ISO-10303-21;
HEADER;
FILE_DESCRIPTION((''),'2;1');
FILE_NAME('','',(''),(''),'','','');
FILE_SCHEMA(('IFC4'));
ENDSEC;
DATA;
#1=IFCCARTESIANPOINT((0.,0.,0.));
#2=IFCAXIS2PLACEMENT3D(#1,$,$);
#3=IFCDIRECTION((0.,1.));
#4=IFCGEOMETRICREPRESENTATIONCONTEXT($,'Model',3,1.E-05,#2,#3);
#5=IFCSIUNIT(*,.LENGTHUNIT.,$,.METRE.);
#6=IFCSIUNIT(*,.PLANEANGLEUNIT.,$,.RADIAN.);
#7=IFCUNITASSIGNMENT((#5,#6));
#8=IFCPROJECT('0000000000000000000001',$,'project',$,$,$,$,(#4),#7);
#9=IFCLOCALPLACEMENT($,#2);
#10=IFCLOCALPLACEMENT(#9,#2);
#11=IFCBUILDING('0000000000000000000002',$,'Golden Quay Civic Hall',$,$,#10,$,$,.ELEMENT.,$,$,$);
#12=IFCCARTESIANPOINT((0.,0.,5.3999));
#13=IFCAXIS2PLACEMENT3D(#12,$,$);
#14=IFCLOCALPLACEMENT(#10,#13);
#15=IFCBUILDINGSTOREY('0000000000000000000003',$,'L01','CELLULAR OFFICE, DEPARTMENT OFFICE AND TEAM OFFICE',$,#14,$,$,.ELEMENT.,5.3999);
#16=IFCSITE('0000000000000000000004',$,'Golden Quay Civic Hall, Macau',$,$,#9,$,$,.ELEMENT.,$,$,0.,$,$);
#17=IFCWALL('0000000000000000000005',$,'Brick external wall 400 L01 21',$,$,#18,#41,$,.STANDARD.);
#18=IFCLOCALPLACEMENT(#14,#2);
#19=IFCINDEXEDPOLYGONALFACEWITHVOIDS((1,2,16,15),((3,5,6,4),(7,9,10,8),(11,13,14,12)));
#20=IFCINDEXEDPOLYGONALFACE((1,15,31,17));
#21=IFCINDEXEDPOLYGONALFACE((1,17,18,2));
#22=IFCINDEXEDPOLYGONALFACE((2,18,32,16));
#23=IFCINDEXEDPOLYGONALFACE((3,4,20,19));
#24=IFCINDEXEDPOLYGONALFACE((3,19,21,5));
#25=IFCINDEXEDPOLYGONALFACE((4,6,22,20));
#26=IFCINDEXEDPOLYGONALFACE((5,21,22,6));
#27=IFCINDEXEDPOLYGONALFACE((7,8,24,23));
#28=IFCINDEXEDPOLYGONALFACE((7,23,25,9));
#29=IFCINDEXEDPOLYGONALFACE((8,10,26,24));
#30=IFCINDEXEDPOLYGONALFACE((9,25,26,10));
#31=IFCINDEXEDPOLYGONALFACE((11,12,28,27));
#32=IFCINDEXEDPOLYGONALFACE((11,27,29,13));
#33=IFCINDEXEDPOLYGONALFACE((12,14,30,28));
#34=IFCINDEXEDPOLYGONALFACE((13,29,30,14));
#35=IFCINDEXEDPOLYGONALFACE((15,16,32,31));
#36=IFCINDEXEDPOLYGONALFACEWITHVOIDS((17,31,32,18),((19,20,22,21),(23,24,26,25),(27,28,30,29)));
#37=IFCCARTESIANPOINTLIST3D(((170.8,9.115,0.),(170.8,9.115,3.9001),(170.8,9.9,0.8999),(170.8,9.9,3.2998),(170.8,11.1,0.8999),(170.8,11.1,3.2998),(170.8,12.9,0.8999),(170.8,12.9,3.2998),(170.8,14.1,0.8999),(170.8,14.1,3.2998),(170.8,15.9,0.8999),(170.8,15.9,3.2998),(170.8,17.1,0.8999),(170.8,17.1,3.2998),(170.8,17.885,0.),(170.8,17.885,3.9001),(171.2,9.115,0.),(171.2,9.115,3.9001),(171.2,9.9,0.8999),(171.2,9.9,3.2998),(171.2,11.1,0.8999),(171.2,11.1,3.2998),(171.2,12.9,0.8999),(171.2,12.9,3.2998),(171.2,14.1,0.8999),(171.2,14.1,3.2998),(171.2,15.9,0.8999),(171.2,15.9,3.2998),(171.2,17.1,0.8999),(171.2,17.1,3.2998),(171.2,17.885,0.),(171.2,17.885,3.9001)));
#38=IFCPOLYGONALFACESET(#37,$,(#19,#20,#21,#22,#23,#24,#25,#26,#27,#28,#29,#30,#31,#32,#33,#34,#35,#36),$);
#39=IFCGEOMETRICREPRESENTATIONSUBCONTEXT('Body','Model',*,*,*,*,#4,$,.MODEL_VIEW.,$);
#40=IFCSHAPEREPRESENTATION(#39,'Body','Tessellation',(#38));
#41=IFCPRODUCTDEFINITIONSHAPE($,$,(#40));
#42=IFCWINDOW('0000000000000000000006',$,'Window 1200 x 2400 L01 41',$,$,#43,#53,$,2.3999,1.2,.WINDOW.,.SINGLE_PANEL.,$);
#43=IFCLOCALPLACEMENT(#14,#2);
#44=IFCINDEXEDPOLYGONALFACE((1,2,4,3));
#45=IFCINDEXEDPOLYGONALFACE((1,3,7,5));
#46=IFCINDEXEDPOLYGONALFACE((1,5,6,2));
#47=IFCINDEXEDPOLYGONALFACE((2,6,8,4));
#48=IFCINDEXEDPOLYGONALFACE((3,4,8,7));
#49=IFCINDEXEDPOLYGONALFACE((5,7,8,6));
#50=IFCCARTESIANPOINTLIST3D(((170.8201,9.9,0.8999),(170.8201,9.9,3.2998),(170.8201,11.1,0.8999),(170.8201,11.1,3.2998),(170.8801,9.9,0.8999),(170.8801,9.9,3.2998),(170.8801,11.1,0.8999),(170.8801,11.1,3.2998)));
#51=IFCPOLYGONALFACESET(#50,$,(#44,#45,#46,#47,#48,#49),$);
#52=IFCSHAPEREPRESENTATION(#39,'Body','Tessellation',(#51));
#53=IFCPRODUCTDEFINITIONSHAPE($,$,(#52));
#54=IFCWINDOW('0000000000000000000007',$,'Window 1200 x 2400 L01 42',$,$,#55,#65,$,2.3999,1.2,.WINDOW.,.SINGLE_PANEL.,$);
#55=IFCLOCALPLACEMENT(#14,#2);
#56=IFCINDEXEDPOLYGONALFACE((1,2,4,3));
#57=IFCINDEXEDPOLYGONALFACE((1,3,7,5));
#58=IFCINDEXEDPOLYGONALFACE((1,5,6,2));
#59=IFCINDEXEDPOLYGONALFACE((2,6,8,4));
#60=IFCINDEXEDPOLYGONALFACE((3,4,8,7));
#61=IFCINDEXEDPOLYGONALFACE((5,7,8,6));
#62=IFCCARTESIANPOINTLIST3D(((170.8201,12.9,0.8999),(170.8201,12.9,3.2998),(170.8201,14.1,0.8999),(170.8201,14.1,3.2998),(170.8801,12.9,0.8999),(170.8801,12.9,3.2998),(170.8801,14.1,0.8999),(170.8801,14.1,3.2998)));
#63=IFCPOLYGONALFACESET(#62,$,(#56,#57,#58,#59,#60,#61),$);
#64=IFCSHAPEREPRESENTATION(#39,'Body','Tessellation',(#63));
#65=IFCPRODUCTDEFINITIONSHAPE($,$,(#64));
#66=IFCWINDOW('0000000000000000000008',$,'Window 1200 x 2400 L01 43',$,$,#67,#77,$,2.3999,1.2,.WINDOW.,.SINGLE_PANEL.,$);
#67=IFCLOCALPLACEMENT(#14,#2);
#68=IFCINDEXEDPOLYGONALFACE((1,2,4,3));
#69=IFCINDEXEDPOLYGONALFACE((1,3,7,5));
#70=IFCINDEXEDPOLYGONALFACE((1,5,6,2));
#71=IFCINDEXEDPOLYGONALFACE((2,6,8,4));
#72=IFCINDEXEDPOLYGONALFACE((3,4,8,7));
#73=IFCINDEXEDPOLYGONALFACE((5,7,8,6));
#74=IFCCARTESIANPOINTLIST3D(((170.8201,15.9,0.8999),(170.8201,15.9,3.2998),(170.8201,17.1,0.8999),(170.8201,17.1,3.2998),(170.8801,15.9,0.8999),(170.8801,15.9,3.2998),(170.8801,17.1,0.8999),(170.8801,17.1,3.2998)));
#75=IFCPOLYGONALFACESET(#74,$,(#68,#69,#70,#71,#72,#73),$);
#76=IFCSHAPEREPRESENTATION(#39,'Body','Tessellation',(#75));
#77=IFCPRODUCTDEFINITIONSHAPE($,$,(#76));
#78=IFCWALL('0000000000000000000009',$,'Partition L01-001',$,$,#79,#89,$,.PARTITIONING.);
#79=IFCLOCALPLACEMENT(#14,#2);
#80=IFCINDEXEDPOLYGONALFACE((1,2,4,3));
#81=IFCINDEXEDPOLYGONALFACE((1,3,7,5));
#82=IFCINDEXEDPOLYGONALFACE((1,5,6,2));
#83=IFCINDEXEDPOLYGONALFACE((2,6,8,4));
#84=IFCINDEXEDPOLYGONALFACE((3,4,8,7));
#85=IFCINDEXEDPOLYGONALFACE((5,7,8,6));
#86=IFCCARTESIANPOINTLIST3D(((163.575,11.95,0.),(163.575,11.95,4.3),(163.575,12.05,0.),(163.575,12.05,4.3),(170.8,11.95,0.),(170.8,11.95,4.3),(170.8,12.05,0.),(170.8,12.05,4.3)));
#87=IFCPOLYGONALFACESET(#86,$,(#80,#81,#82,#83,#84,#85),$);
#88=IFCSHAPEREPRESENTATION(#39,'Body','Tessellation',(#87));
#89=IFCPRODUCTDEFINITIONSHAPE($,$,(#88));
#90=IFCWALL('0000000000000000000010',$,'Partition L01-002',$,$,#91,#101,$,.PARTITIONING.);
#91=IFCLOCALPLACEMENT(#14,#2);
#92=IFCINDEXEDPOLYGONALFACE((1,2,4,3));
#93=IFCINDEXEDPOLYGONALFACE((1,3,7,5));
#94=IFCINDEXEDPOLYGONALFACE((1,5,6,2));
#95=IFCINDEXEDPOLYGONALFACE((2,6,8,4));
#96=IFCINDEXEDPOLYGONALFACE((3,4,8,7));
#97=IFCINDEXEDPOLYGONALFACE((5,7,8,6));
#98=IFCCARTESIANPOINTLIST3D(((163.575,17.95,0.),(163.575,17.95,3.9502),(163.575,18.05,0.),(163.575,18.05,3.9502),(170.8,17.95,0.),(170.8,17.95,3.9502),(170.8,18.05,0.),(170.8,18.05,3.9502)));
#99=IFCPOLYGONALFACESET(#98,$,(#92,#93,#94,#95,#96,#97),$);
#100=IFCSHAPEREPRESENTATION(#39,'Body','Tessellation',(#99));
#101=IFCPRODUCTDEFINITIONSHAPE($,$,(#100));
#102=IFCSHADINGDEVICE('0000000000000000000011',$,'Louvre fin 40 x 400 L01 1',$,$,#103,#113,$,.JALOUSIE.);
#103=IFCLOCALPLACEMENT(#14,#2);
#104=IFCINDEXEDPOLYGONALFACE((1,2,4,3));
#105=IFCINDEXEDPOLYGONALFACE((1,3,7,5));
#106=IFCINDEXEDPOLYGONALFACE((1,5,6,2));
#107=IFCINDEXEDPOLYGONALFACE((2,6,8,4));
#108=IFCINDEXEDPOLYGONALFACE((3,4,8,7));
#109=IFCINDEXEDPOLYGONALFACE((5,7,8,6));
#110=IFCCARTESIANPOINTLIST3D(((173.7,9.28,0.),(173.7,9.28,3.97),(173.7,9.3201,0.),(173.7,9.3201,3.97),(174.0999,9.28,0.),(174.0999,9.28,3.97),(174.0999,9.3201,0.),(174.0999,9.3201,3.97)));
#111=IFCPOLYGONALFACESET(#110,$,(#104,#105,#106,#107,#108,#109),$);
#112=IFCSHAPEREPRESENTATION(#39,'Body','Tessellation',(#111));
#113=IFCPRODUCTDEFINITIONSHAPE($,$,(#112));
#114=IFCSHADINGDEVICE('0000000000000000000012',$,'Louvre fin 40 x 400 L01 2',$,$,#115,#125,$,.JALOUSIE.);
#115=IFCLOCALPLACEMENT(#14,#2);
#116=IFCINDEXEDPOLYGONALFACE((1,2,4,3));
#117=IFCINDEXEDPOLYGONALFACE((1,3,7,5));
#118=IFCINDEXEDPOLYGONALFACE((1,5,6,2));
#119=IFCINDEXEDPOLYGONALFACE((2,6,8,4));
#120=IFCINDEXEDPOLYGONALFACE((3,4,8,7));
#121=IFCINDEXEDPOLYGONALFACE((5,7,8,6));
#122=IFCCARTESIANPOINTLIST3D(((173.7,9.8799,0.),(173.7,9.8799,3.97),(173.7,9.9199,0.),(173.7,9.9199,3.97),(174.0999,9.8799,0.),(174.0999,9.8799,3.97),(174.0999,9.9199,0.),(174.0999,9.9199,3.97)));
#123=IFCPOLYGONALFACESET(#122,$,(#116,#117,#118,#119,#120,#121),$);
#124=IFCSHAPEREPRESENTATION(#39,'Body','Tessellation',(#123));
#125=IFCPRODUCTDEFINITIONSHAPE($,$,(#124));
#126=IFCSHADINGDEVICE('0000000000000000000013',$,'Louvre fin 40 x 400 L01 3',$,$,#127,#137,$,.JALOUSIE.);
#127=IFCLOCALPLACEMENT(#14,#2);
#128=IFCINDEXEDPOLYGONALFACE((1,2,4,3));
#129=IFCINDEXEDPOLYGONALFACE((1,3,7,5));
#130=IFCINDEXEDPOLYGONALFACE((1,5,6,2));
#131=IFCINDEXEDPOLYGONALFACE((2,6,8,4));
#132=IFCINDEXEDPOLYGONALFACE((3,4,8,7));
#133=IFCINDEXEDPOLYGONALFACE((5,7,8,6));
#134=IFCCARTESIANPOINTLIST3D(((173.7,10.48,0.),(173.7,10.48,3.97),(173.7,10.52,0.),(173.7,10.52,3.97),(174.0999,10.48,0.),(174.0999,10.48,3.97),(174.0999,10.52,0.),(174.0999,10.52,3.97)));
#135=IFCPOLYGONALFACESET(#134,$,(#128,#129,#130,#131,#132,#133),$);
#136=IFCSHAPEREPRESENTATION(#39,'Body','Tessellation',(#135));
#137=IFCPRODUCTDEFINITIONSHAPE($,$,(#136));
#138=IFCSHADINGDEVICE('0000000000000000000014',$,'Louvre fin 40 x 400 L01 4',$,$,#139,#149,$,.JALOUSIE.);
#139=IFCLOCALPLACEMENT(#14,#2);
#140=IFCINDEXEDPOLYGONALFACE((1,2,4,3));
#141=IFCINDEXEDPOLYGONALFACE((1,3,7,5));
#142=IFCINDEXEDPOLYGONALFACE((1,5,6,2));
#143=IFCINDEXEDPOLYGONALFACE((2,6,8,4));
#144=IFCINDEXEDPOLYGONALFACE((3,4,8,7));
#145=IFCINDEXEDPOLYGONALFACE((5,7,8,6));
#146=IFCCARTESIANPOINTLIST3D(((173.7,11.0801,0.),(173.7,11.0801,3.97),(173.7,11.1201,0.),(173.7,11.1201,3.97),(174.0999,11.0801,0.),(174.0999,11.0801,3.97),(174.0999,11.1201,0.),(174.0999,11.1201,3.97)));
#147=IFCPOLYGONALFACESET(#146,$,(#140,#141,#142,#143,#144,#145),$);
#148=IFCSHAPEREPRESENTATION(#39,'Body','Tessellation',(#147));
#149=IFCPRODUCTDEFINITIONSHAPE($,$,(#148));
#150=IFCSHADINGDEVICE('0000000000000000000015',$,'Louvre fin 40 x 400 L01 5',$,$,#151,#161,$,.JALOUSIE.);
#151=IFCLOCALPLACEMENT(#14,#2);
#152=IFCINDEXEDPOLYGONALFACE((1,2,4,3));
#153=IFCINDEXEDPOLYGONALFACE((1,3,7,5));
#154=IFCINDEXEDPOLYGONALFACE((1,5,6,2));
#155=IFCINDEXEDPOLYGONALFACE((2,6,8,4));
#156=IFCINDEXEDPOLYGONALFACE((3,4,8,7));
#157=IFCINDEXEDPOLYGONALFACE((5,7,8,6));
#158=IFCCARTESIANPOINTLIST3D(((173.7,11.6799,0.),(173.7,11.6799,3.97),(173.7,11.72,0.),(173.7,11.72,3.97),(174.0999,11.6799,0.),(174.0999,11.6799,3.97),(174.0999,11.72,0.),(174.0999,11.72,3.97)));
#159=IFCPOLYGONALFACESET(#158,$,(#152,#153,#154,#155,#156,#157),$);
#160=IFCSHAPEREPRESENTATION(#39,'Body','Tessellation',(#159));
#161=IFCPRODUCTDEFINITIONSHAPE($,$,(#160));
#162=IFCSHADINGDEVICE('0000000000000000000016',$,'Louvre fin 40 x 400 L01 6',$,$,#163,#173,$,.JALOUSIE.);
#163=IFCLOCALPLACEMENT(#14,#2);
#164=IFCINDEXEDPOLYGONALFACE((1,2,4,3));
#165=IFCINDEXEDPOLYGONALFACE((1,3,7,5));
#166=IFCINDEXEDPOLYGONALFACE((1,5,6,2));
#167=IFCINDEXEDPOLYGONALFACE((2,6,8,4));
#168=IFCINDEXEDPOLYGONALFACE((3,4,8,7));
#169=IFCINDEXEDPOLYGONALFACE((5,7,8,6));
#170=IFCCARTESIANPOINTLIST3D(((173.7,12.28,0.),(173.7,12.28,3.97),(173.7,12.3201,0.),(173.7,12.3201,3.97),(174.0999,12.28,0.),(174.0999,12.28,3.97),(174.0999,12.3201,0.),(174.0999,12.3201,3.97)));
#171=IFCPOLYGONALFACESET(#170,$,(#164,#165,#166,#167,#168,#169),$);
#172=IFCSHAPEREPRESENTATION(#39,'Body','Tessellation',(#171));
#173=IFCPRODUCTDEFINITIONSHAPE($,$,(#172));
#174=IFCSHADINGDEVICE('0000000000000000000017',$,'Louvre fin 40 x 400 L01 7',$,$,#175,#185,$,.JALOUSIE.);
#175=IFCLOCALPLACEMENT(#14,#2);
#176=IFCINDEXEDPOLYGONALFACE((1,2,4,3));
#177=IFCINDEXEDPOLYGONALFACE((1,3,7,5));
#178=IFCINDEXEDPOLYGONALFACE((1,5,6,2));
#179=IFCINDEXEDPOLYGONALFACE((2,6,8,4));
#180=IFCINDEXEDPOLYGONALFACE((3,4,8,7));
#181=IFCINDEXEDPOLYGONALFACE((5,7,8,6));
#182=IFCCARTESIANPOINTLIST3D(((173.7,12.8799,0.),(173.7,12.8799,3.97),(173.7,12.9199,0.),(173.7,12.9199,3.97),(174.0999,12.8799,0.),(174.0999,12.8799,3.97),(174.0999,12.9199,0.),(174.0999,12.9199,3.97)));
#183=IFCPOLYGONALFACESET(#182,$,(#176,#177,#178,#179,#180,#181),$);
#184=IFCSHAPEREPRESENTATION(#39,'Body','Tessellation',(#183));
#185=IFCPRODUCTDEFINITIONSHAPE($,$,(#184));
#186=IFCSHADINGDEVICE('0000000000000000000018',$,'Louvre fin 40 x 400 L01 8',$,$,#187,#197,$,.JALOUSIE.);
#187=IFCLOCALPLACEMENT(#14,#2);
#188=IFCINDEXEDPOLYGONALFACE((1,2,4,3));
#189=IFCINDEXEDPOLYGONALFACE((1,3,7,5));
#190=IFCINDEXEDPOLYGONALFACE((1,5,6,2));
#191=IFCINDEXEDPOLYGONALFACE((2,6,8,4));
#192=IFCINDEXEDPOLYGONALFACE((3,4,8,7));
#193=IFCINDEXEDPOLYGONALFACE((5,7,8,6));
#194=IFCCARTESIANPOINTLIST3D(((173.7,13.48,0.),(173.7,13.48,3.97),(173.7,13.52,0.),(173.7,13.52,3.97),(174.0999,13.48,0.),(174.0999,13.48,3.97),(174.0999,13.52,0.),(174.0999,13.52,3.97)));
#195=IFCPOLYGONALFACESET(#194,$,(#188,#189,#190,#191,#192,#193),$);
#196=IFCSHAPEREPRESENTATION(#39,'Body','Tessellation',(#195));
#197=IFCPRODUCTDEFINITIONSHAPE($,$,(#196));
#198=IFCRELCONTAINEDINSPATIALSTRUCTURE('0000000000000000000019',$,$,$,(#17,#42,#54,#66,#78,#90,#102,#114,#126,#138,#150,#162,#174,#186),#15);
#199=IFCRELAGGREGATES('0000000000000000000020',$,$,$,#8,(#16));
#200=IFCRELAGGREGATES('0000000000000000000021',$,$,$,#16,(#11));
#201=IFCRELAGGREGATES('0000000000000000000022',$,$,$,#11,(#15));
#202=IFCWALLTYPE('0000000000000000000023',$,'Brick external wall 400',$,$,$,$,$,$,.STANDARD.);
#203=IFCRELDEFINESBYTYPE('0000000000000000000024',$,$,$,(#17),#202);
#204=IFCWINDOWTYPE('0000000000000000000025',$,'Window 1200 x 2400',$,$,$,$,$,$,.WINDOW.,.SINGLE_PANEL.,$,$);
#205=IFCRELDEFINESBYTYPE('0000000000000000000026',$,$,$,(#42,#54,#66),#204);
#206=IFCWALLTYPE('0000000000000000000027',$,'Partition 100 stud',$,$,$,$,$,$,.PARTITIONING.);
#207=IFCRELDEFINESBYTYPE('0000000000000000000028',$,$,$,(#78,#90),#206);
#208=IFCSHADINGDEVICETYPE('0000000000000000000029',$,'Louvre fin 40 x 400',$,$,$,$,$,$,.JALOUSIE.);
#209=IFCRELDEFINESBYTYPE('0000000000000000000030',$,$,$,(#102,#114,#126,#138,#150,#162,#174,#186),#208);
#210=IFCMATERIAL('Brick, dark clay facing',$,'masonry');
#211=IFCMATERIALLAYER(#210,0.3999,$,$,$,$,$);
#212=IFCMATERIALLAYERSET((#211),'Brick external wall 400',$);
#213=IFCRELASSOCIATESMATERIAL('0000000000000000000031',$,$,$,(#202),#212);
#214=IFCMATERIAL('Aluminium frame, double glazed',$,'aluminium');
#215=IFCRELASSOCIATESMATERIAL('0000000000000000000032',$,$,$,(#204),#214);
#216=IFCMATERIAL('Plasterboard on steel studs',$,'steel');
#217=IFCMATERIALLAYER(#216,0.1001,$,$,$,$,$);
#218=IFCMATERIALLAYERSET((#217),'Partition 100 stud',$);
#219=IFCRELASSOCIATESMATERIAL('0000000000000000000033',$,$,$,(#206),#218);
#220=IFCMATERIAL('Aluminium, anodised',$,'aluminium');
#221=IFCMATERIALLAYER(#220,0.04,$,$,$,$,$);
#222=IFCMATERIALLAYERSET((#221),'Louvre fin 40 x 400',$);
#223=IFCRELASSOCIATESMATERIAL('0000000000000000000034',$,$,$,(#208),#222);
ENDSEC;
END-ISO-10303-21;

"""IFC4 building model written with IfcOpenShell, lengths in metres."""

from ifc_helpers import new_model, si_unit, direction, frame, frame_2d, origin, origin_2d, place, context, subcontext, project, spatial, rectangle, extrude, material, layer, layer_set, type_object, element, fill, save


model = new_model("IFC4")

# Units and contexts
model_context = context("Model", 3, precision=1e-05, world=origin(), true_north=direction((0.0, 1.0)))
body_context = subcontext(model_context, "Body", "Model", "MODEL_VIEW")
ifc_project = project(units=[si_unit("LENGTHUNIT", "METRE"), si_unit("PLANEANGLEUNIT", "RADIAN")], contexts=[model_context])

# Site, building, storey
site_placement = place(None, origin())
site = spatial("IfcSite", under=ifc_project, at=site_placement, Name="Golden Quay Civic Hall, Macau", CompositionType="ELEMENT", RefElevation=0.0)
building_placement = place(site_placement, origin())
building = spatial("IfcBuilding", under=site, at=building_placement, Name="Golden Quay Civic Hall", CompositionType="ELEMENT")
storey_placement = place(building_placement, frame((0.0, 0.0, 5.3999)))
storey = spatial("IfcBuildingStorey", under=building, at=storey_placement, Name="L01", Description="CELLULAR OFFICE, DEPARTMENT OFFICE AND TEAM OFFICE", CompositionType="ELEMENT", Elevation=5.3999)

# Wall, openings, windows
ifc_material_1 = material(Name="Brick, dark clay facing", Category="masonry")
ifc_layer_1 = layer(ifc_material_1, 0.3999)
ifc_layer_set_1 = layer_set([ifc_layer_1], Name="Brick external wall 400")
wall_type_1 = type_object("IfcWallType", Name="Brick external wall 400", PredefinedType="STANDARD", material=ifc_layer_set_1)
wall_1_placement = place(storey_placement, frame((171.0, 17.885, 0.0), z_axis=(0.0, 0.0, 1.0), x_axis=(0.0, -1.0, 0.0)))
wall_1 = element("IfcWall", 1, at=wall_1_placement, inside=storey, type_object=wall_type_1, Name="Brick external wall 400 L01 21", PredefinedType="STANDARD", context=body_context, shape_type="SweptSolid", body=[
    extrude(rectangle(XDim=8.77, YDim=0.3999, at=frame_2d((4.385, 0.0))), origin(), (0.0, 0.0, 1.0), 3.9001),
])
opening_1_placement = place(wall_1_placement, frame((6.7849, 0.0, 0.8999)))
opening_1 = element("IfcOpeningElement", 2, at=opening_1_placement, cuts=wall_1, PredefinedType="OPENING", context=body_context, shape_type="SweptSolid", body=[
    extrude(rectangle(XDim=1.2, YDim=2.3999, at=frame_2d((0.6001, 1.2))), frame((0.0, 0.21, 0.0), z_axis=(0.0, -1.0, 0.0), x_axis=(1.0, 0.0, 0.0)), (0.0, 0.0, 1.0), 0.4199),
])
opening_2_placement = place(wall_1_placement, frame((3.7849, 0.0, 0.8999)))
opening_2 = element("IfcOpeningElement", 3, at=opening_2_placement, cuts=wall_1, PredefinedType="OPENING", context=body_context, shape_type="SweptSolid", body=[
    extrude(rectangle(XDim=1.2, YDim=2.3999, at=frame_2d((0.6001, 1.2))), frame((0.0, 0.21, 0.0), z_axis=(0.0, -1.0, 0.0), x_axis=(1.0, 0.0, 0.0)), (0.0, 0.0, 1.0), 0.4199),
])
opening_3_placement = place(wall_1_placement, frame((0.7849, 0.0, 0.8999)))
opening_3 = element("IfcOpeningElement", 4, at=opening_3_placement, cuts=wall_1, PredefinedType="OPENING", context=body_context, shape_type="SweptSolid", body=[
    extrude(rectangle(XDim=1.2, YDim=2.3999, at=frame_2d((0.6001, 1.2))), frame((0.0, 0.21, 0.0), z_axis=(0.0, -1.0, 0.0), x_axis=(1.0, 0.0, 0.0)), (0.0, 0.0, 1.0), 0.4199),
])
ifc_material_2 = material(Name="Aluminium frame, double glazed", Category="aluminium")
window_type = type_object("IfcWindowType", Name="Window 1200 x 2400", PartitioningType="SINGLE_PANEL", PredefinedType="WINDOW", material=ifc_material_2)
window_1_placement = place(opening_1_placement, origin())
window_1 = element("IfcWindow", 5, at=window_1_placement, inside=storey, type_object=window_type, Name="Window 1200 x 2400 L01 41", OverallHeight=2.3999, OverallWidth=1.2, PartitioningType="SINGLE_PANEL", PredefinedType="WINDOW", context=body_context, shape_type="SweptSolid", body=[
    extrude(rectangle(XDim=1.2, YDim=2.3999, at=frame_2d((0.6001, 1.2))), frame((0.0, -0.1199, 0.0), z_axis=(0.0, -1.0, 0.0), x_axis=(1.0, 0.0, 0.0)), (0.0, 0.0, 1.0), 0.0601),
])
fill(opening_1, window_1)
window_2_placement = place(opening_2_placement, origin())
window_2 = element("IfcWindow", 6, at=window_2_placement, inside=storey, type_object=window_type, Name="Window 1200 x 2400 L01 42", OverallHeight=2.3999, OverallWidth=1.2, PartitioningType="SINGLE_PANEL", PredefinedType="WINDOW", context=body_context, shape_type="SweptSolid", body=[
    extrude(rectangle(XDim=1.2, YDim=2.3999, at=frame_2d((0.6001, 1.2))), frame((0.0, -0.1199, 0.0), z_axis=(0.0, -1.0, 0.0), x_axis=(1.0, 0.0, 0.0)), (0.0, 0.0, 1.0), 0.0601),
])
fill(opening_2, window_2)
window_3_placement = place(opening_3_placement, origin())
window_3 = element("IfcWindow", 7, at=window_3_placement, inside=storey, type_object=window_type, Name="Window 1200 x 2400 L01 43", OverallHeight=2.3999, OverallWidth=1.2, PartitioningType="SINGLE_PANEL", PredefinedType="WINDOW", context=body_context, shape_type="SweptSolid", body=[
    extrude(rectangle(XDim=1.2, YDim=2.3999, at=frame_2d((0.6001, 1.2))), frame((0.0, -0.1199, 0.0), z_axis=(0.0, -1.0, 0.0), x_axis=(1.0, 0.0, 0.0)), (0.0, 0.0, 1.0), 0.0601),
])
fill(opening_3, window_3)

# Walls
ifc_material_3 = material(Name="Plasterboard on steel studs", Category="steel")
ifc_layer_2 = layer(ifc_material_3, 0.1001)
ifc_layer_set_2 = layer_set([ifc_layer_2], Name="Partition 100 stud")
wall_type_2 = type_object("IfcWallType", Name="Partition 100 stud", PredefinedType="PARTITIONING", material=ifc_layer_set_2)
wall_2_placement = place(storey_placement, frame((163.575, 12.0, 0.0), z_axis=(0.0, 0.0, 1.0), x_axis=(1.0, 0.0, 0.0)))
element("IfcWall", 8, at=wall_2_placement, inside=storey, type_object=wall_type_2, Name="Partition L01-001", PredefinedType="PARTITIONING", context=body_context, shape_type="SweptSolid", body=[
    extrude(rectangle(XDim=7.2251, YDim=0.1001, at=frame_2d((3.6125, 0.0))), origin(), (0.0, 0.0, 1.0), 4.3),
])
wall_3_placement = place(storey_placement, frame((163.575, 18.0, 0.0), z_axis=(0.0, 0.0, 1.0), x_axis=(1.0, 0.0, 0.0)))
element("IfcWall", 9, at=wall_3_placement, inside=storey, type_object=wall_type_2, Name="Partition L01-002", PredefinedType="PARTITIONING", context=body_context, shape_type="SweptSolid", body=[
    extrude(rectangle(XDim=7.2251, YDim=0.1001, at=frame_2d((3.6125, 0.0))), origin(), (0.0, 0.0, 1.0), 3.9502),
])

# Shading devices
ifc_material_4 = material(Name="Aluminium, anodised", Category="aluminium")
ifc_layer_3 = layer(ifc_material_4, 0.04)
ifc_layer_set_3 = layer_set([ifc_layer_3], Name="Louvre fin 40 x 400")
shading_device_type = type_object("IfcShadingDeviceType", Name="Louvre fin 40 x 400", PredefinedType="JALOUSIE", material=ifc_layer_set_3)
for number, where, z_axis, x_axis, name in (
    (10, (173.8999, 9.3, 0.0), (0.0, 0.0, 1.0), (0.0, 1.0, 0.0), "Louvre fin 40 x 400 L01 1"),
    (11, (173.8999, 9.8999, 0.0), (0.0, 0.0, 1.0), (0.0, 1.0, 0.0), "Louvre fin 40 x 400 L01 2"),
    (12, (173.8999, 10.5, 0.0), (0.0, 0.0, 1.0), (0.0, 1.0, 0.0), "Louvre fin 40 x 400 L01 3"),
    (13, (173.8999, 11.1001, 0.0), (0.0, 0.0, 1.0), (0.0, 1.0, 0.0), "Louvre fin 40 x 400 L01 4"),
    (14, (173.8999, 11.7, 0.0), (0.0, 0.0, 1.0), (0.0, 1.0, 0.0), "Louvre fin 40 x 400 L01 5"),
    (15, (173.8999, 12.3, 0.0), (0.0, 0.0, 1.0), (0.0, 1.0, 0.0), "Louvre fin 40 x 400 L01 6"),
    (16, (173.8999, 12.8999, 0.0), (0.0, 0.0, 1.0), (0.0, 1.0, 0.0), "Louvre fin 40 x 400 L01 7"),
    (17, (173.8999, 13.5, 0.0), (0.0, 0.0, 1.0), (0.0, 1.0, 0.0), "Louvre fin 40 x 400 L01 8"),
):
    element("IfcShadingDevice", number, at=place(storey_placement, frame(where, z_axis=z_axis, x_axis=x_axis)), inside=storey, type_object=shading_device_type, Name=name, PredefinedType="JALOUSIE", context=body_context, shape_type="SweptSolid", body=[
        extrude(rectangle(XDim=0.04, YDim=0.3999, at=origin_2d()), origin(), (0.0, 0.0, 1.0), 3.97),
    ])

save(model, "model.ifc")
